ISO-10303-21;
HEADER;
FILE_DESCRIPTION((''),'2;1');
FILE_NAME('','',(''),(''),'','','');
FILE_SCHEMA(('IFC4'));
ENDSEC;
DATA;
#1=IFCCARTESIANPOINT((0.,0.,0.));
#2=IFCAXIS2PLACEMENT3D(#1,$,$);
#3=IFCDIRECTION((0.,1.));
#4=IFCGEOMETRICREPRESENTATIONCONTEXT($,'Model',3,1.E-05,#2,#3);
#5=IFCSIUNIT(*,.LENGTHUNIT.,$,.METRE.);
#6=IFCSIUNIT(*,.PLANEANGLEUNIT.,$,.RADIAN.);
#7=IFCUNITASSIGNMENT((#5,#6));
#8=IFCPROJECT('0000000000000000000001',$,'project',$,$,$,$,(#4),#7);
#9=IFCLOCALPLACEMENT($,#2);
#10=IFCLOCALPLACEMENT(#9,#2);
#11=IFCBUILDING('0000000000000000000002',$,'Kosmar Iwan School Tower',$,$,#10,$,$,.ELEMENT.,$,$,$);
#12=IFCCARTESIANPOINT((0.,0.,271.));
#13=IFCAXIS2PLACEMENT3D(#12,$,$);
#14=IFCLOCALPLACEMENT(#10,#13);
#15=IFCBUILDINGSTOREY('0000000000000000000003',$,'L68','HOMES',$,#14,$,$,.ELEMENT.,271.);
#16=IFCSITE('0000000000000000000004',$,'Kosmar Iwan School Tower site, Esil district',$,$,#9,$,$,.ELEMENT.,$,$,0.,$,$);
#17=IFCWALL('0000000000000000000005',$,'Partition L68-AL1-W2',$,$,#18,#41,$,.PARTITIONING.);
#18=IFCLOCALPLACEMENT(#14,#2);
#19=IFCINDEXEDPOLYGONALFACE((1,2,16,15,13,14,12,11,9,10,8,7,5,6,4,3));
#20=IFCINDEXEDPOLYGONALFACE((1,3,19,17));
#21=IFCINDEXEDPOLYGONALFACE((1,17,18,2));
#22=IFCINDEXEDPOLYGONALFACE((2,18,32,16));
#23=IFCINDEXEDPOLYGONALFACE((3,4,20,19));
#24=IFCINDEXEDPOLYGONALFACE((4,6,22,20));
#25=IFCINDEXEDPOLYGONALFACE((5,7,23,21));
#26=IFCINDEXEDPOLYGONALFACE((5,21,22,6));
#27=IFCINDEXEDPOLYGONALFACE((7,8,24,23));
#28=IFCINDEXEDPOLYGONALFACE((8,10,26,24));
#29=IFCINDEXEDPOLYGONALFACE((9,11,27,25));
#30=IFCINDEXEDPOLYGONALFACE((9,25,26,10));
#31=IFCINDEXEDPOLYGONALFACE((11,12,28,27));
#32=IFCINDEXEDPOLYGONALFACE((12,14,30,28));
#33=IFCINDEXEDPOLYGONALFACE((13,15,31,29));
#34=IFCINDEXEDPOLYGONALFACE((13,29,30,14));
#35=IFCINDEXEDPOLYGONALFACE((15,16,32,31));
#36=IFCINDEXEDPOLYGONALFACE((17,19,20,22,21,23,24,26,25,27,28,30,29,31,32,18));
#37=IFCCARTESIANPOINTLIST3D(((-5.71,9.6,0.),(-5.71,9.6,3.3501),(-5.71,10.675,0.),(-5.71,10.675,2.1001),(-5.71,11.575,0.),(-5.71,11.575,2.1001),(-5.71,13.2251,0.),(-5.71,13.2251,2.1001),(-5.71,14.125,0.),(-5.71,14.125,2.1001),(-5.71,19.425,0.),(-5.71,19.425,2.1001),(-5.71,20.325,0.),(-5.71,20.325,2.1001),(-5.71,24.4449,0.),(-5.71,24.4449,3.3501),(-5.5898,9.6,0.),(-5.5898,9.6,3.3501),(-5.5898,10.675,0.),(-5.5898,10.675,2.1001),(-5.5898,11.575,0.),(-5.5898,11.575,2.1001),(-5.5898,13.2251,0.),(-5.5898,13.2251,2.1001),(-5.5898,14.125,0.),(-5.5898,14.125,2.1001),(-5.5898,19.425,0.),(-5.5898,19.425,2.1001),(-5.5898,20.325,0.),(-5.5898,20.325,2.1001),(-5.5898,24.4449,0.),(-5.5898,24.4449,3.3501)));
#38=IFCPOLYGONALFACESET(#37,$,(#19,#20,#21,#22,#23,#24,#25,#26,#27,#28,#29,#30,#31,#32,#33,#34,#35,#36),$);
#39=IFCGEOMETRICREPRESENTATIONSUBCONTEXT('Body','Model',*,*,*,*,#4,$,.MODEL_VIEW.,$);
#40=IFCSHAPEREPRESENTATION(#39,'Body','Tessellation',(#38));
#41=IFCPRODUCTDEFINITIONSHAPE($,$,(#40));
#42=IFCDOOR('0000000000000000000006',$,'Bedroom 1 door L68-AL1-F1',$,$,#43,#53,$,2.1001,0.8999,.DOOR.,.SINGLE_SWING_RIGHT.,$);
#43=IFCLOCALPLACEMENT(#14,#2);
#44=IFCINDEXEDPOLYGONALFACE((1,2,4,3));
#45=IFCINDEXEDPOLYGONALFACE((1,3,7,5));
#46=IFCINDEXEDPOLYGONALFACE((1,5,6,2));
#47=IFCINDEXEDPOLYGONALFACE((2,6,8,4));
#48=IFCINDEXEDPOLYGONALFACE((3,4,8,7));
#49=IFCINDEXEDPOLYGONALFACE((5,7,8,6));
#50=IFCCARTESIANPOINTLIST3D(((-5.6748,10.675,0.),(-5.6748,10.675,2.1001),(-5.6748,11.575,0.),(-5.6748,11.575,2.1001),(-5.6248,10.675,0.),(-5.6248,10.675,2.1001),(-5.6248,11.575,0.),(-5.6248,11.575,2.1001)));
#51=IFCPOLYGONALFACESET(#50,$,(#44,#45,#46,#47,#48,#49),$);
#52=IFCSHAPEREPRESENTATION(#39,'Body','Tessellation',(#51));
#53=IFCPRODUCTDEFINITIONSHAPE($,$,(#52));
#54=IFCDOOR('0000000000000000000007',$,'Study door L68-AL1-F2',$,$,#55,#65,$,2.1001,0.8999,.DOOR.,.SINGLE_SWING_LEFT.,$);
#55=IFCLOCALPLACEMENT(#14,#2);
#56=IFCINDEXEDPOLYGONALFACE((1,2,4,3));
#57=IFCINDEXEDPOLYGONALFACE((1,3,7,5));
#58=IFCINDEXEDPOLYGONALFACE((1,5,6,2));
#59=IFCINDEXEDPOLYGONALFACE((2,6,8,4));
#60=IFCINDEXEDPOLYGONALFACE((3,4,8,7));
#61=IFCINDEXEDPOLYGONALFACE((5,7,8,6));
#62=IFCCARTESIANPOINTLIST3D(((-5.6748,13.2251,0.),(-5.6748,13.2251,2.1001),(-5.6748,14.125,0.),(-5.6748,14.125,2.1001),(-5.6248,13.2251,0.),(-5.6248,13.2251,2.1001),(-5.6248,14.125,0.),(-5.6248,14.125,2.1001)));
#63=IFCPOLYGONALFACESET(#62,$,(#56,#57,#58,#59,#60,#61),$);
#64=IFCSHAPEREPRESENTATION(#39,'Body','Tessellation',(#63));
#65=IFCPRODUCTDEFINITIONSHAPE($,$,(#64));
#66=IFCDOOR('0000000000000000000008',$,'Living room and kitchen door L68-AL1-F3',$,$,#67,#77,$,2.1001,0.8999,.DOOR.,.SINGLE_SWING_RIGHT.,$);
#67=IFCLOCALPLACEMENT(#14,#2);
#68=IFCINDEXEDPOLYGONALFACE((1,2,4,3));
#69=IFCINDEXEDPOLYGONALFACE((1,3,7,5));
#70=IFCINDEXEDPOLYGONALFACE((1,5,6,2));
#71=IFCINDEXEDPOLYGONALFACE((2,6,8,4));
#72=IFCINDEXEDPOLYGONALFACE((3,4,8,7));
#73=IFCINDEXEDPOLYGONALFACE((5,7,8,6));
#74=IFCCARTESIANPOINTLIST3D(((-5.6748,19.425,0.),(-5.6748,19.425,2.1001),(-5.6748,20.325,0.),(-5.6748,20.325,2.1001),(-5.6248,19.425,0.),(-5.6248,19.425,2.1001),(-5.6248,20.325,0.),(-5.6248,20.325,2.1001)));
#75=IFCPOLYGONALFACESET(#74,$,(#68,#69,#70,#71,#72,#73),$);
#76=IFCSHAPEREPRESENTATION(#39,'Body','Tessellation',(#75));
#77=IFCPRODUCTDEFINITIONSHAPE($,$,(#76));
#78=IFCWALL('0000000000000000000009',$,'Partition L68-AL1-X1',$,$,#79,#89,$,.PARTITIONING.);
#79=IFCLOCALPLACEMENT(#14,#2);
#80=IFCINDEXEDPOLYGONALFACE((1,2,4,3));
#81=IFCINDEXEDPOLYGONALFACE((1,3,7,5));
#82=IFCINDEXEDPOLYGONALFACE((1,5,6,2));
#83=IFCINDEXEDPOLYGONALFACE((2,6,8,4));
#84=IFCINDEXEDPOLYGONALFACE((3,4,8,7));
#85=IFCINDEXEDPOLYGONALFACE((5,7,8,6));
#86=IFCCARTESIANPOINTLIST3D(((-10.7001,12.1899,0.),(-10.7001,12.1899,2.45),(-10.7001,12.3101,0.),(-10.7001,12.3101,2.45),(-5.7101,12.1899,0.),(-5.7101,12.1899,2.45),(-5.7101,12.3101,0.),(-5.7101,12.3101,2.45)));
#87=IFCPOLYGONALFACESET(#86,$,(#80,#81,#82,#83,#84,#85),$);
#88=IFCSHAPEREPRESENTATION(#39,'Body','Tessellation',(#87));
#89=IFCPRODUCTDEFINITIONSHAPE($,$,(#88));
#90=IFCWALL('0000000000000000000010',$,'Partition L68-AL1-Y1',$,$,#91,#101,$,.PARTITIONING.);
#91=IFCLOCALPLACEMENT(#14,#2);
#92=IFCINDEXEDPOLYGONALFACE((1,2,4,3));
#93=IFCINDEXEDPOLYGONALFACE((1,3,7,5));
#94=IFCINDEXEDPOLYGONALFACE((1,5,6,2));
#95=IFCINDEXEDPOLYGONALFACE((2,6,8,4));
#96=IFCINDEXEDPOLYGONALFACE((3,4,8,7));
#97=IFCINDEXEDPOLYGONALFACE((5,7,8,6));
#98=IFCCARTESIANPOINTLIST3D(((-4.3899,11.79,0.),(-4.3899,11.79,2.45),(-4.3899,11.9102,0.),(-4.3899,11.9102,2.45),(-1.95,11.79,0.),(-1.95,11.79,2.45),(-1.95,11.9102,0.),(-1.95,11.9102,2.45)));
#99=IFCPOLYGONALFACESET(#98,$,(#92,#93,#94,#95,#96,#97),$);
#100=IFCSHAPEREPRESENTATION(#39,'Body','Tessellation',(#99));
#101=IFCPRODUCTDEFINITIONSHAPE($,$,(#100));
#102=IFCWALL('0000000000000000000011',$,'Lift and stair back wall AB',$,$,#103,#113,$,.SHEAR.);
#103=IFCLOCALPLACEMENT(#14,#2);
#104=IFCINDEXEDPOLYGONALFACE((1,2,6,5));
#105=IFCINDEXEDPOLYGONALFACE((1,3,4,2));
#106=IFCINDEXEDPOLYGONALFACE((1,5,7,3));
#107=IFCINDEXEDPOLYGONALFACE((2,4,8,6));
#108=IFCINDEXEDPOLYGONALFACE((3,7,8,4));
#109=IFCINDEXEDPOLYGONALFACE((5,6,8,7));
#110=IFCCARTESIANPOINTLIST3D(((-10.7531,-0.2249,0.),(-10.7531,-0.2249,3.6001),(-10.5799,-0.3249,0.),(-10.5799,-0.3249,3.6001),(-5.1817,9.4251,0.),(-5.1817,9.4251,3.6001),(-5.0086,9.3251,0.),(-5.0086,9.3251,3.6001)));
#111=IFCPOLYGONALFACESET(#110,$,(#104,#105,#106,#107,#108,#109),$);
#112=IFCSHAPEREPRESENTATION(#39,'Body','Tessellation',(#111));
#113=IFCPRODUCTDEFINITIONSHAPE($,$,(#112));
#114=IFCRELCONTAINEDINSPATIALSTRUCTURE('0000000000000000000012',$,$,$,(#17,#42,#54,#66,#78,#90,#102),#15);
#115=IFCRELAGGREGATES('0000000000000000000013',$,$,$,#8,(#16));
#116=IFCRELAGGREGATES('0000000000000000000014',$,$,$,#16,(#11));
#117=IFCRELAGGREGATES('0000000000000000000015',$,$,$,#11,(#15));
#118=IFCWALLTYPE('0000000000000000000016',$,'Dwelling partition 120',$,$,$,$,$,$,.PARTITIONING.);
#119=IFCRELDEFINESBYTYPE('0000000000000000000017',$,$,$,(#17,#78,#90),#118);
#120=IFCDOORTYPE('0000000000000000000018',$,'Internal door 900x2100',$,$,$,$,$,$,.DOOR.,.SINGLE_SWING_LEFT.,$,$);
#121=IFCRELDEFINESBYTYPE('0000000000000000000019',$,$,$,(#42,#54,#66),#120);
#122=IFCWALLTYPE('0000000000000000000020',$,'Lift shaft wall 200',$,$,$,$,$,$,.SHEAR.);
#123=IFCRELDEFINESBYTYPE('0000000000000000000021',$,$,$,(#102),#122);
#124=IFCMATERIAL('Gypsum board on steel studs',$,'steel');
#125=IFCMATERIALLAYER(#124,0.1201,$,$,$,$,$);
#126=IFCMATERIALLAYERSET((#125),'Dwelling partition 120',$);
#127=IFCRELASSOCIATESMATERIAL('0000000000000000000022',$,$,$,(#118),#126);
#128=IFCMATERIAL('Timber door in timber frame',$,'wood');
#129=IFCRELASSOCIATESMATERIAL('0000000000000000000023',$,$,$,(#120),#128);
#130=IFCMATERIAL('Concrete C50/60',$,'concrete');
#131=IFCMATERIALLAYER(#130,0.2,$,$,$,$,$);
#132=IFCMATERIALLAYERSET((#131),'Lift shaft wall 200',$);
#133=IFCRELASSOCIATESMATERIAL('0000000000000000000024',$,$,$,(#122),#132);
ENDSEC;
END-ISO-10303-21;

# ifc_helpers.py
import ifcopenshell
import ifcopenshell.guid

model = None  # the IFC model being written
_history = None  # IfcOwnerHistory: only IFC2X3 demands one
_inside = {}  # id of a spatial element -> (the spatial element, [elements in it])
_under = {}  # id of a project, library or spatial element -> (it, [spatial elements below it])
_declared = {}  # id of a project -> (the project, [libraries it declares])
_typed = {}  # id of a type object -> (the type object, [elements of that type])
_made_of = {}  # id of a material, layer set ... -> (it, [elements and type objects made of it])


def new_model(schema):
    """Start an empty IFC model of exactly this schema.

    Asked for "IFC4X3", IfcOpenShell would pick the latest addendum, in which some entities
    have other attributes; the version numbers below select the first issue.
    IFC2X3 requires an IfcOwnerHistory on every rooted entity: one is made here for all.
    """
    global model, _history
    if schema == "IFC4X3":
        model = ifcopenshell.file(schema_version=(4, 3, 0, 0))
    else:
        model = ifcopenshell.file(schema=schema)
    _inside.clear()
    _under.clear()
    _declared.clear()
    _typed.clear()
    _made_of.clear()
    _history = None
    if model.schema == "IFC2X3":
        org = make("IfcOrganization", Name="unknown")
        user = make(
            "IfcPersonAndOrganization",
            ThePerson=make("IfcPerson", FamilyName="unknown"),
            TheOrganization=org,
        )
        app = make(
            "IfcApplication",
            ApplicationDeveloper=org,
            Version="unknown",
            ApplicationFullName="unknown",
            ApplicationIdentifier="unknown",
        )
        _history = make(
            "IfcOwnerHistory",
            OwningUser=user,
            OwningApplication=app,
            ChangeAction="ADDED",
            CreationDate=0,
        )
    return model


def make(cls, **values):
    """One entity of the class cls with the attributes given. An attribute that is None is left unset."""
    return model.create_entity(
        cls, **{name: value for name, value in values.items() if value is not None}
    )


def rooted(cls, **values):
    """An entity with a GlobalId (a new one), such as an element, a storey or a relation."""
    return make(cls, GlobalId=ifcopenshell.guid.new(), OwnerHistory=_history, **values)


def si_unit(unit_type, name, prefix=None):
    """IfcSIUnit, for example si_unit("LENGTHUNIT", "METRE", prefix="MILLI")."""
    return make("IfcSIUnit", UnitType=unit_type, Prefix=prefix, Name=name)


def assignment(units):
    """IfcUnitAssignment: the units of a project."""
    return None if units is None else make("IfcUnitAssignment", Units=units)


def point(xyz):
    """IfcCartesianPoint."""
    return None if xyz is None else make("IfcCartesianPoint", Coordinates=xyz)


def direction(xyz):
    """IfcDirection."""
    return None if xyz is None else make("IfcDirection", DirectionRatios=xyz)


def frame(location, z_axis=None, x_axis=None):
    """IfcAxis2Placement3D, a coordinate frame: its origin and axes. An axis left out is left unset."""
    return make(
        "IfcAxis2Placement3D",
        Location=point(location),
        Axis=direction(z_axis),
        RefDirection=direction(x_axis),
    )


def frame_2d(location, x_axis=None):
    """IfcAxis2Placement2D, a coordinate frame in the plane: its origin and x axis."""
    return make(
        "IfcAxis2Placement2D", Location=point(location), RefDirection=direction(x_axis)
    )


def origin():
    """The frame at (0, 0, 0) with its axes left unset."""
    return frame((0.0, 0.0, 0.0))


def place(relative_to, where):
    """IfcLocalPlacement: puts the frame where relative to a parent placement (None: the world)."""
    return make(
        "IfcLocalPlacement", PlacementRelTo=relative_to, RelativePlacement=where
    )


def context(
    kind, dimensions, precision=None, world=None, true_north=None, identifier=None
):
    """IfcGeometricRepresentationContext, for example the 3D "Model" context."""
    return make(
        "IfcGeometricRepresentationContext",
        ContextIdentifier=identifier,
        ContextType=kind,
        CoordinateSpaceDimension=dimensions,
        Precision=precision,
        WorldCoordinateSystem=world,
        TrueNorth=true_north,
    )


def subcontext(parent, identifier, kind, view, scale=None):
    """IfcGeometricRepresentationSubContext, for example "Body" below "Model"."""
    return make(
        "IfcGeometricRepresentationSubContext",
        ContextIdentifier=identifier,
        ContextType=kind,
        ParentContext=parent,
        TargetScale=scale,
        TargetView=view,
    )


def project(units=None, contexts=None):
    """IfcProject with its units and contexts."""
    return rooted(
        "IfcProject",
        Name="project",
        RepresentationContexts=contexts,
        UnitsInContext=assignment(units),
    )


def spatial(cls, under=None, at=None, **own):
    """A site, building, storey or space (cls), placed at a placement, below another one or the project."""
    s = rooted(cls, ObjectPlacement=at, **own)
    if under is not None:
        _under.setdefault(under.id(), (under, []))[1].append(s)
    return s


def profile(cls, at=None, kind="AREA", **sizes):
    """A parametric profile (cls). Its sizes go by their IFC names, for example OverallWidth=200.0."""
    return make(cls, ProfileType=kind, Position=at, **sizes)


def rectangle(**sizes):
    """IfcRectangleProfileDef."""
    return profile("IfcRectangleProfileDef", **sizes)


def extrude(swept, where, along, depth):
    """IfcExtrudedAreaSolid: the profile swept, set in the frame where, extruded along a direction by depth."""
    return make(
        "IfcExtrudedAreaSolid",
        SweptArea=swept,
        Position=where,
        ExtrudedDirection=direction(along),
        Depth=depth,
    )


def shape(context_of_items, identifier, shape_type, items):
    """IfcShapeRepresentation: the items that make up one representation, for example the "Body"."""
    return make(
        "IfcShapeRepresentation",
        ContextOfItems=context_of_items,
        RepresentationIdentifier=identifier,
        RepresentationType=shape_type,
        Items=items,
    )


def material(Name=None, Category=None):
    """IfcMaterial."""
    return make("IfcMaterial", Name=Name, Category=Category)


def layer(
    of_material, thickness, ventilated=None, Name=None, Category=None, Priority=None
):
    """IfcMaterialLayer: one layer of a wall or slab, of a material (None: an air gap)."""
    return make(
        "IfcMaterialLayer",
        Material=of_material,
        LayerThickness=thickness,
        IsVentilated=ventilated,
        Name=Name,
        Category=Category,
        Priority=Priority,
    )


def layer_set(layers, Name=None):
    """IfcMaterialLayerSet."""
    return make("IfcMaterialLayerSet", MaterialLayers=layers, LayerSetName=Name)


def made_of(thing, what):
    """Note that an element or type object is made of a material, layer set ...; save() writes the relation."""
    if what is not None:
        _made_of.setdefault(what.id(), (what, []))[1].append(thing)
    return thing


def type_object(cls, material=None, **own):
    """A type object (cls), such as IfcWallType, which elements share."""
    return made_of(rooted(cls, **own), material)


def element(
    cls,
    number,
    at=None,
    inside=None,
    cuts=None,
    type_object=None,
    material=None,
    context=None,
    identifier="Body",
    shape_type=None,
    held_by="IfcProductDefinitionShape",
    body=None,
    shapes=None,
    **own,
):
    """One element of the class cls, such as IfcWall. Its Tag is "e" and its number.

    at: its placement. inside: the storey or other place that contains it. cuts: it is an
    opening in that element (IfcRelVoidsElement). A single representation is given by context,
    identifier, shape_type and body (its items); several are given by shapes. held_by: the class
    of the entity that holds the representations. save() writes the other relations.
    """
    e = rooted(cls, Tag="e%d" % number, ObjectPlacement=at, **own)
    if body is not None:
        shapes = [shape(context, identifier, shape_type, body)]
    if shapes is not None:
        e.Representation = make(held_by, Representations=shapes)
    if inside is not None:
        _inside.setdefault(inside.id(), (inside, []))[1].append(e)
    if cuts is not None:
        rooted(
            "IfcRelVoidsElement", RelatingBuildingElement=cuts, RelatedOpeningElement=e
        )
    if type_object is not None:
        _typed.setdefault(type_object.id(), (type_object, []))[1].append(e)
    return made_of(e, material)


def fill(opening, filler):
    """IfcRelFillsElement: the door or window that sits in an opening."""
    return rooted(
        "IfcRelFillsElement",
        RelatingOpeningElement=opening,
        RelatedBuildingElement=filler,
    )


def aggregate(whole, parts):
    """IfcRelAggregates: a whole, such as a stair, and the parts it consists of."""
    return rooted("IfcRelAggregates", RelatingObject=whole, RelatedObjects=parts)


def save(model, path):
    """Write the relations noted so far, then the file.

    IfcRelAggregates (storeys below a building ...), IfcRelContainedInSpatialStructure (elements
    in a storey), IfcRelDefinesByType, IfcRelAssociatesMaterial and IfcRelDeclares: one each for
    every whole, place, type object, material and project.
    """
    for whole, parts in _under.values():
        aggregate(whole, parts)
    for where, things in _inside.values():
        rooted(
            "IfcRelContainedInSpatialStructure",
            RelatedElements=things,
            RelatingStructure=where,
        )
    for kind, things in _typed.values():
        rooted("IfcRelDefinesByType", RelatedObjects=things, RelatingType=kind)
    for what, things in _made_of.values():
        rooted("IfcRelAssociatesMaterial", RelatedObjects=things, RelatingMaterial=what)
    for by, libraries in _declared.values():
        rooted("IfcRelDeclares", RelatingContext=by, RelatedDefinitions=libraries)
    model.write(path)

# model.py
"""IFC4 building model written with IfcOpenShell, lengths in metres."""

from ifc_helpers import new_model, si_unit, direction, frame, frame_2d, origin, place, context, subcontext, project, spatial, rectangle, extrude, material, layer, layer_set, type_object, element, fill, save


model = new_model("IFC4")

# Units and contexts
model_context = context("Model", 3, precision=1e-05, world=origin(), true_north=direction((0.0, 1.0)))
body_context = subcontext(model_context, "Body", "Model", "MODEL_VIEW")
ifc_project = project(units=[si_unit("LENGTHUNIT", "METRE"), si_unit("PLANEANGLEUNIT", "RADIAN")], contexts=[model_context])

# Site, building, storey
site_placement = place(None, origin())
site = spatial("IfcSite", under=ifc_project, at=site_placement, Name="Kosmar Iwan School Tower site, Esil district", CompositionType="ELEMENT", RefElevation=0.0)
building_placement = place(site_placement, origin())
building = spatial("IfcBuilding", under=site, at=building_placement, Name="Kosmar Iwan School Tower", CompositionType="ELEMENT")
storey_placement = place(building_placement, frame((0.0, 0.0, 271.0)))
storey = spatial("IfcBuildingStorey", under=building, at=storey_placement, Name="L68", Description="HOMES", CompositionType="ELEMENT", Elevation=271.0)

# Wall, openings, doors
ifc_material_1 = material(Name="Gypsum board on steel studs", Category="steel")
ifc_layer_1 = layer(ifc_material_1, 0.1201)
ifc_layer_set_1 = layer_set([ifc_layer_1], Name="Dwelling partition 120")
wall_type_1 = type_object("IfcWallType", Name="Dwelling partition 120", PredefinedType="PARTITIONING", material=ifc_layer_set_1)
ifc_material_2 = material(Name="Timber door in timber frame", Category="wood")
door_type_1 = type_object("IfcDoorType", Name="Internal door 900x2100", OperationType="SINGLE_SWING_LEFT", PredefinedType="DOOR", material=ifc_material_2)
wall_1_placement = place(storey_placement, frame((-5.6499, 9.6001, 0.0), z_axis=(0.0, 0.0, 1.0), x_axis=(0.0, 1.0, 0.0)))
wall_1 = element("IfcWall", 1, at=wall_1_placement, inside=storey, type_object=wall_type_1, Name="Partition L68-AL1-W2", PredefinedType="PARTITIONING", context=body_context, shape_type="SweptSolid", body=[
    extrude(rectangle(XDim=14.845, YDim=0.1201, at=frame_2d((7.4224, 0.0))), origin(), (0.0, 0.0, 1.0), 3.3501),
])
opening_1_placement = place(wall_1_placement, frame((1.075, 0.0, 0.0)))
opening_1 = element("IfcOpeningElement", 2, at=opening_1_placement, cuts=wall_1, PredefinedType="OPENING", context=body_context, shape_type="SweptSolid", body=[
    extrude(rectangle(XDim=0.8999, YDim=2.1001, at=frame_2d((0.45, 1.05))), frame((0.0, 0.072, 0.0), z_axis=(0.0, -1.0, 0.0), x_axis=(1.0, 0.0, 0.0)), (0.0, 0.0, 1.0), 0.144),
])
opening_2_placement = place(wall_1_placement, frame((3.625, 0.0, 0.0)))
opening_2 = element("IfcOpeningElement", 3, at=opening_2_placement, cuts=wall_1, PredefinedType="OPENING", context=body_context, shape_type="SweptSolid", body=[
    extrude(rectangle(XDim=0.8999, YDim=2.1001, at=frame_2d((0.45, 1.05))), frame((0.0, 0.072, 0.0), z_axis=(0.0, -1.0, 0.0), x_axis=(1.0, 0.0, 0.0)), (0.0, 0.0, 1.0), 0.144),
])
opening_3_placement = place(wall_1_placement, frame((9.825, 0.0, 0.0)))
opening_3 = element("IfcOpeningElement", 4, at=opening_3_placement, cuts=wall_1, PredefinedType="OPENING", context=body_context, shape_type="SweptSolid", body=[
    extrude(rectangle(XDim=0.8999, YDim=2.1001, at=frame_2d((0.45, 1.05))), frame((0.0, 0.072, 0.0), z_axis=(0.0, -1.0, 0.0), x_axis=(1.0, 0.0, 0.0)), (0.0, 0.0, 1.0), 0.144),
])
door_1_placement = place(opening_1_placement, origin())
door_1 = element("IfcDoor", 5, at=door_1_placement, inside=storey, type_object=door_type_1, Name="Bedroom 1 door L68-AL1-F1", OperationType="SINGLE_SWING_RIGHT", OverallHeight=2.1001, OverallWidth=0.8999, PredefinedType="DOOR", context=body_context, shape_type="SweptSolid", body=[
    extrude(rectangle(XDim=0.8999, YDim=2.1001, at=frame_2d((0.45, 1.05))), frame((0.0, 0.0249, 0.0), z_axis=(0.0, -1.0, 0.0), x_axis=(1.0, 0.0, 0.0)), (0.0, 0.0, 1.0), 0.05),
])
fill(opening_1, door_1)
door_2_placement = place(opening_2_placement, origin())
door_2 = element("IfcDoor", 6, at=door_2_placement, inside=storey, type_object=door_type_1, Name="Study door L68-AL1-F2", OperationType="SINGLE_SWING_LEFT", OverallHeight=2.1001, OverallWidth=0.8999, PredefinedType="DOOR", context=body_context, shape_type="SweptSolid", body=[
    extrude(rectangle(XDim=0.8999, YDim=2.1001, at=frame_2d((0.45, 1.05))), frame((0.0, 0.0249, 0.0), z_axis=(0.0, -1.0, 0.0), x_axis=(1.0, 0.0, 0.0)), (0.0, 0.0, 1.0), 0.05),
])
fill(opening_2, door_2)
door_3_placement = place(opening_3_placement, origin())
door_3 = element("IfcDoor", 7, at=door_3_placement, inside=storey, type_object=door_type_1, Name="Living room and kitchen door L68-AL1-F3", OperationType="SINGLE_SWING_RIGHT", OverallHeight=2.1001, OverallWidth=0.8999, PredefinedType="DOOR", context=body_context, shape_type="SweptSolid", body=[
    extrude(rectangle(XDim=0.8999, YDim=2.1001, at=frame_2d((0.45, 1.05))), frame((0.0, 0.0249, 0.0), z_axis=(0.0, -1.0, 0.0), x_axis=(1.0, 0.0, 0.0)), (0.0, 0.0, 1.0), 0.05),
])
fill(opening_3, door_3)

# Walls
wall_2_placement = place(storey_placement, frame((-5.71, 12.25, 0.0), z_axis=(0.0, 0.0, 1.0), x_axis=(-1.0, 0.0, 0.0)))
element("IfcWall", 8, at=wall_2_placement, inside=storey, type_object=wall_type_1, Name="Partition L68-AL1-X1", PredefinedType="PARTITIONING", context=body_context, shape_type="SweptSolid", body=[
    extrude(rectangle(XDim=4.99, YDim=0.1201, at=frame_2d((2.4951, 0.0))), origin(), (0.0, 0.0, 1.0), 2.45),
])
wall_3_placement = place(storey_placement, frame((-1.95, 11.8501, 0.0), z_axis=(0.0, 0.0, 1.0), x_axis=(-1.0, 0.0, 0.0)))
element("IfcWall", 9, at=wall_3_placement, inside=storey, type_object=wall_type_1, Name="Partition L68-AL1-Y1", PredefinedType="PARTITIONING", context=body_context, shape_type="SweptSolid", body=[
    extrude(rectangle(XDim=2.4399, YDim=0.1201, at=frame_2d((1.22, 0.0))), origin(), (0.0, 0.0, 1.0), 2.45),
])
ifc_material_3 = material(Name="Concrete C50/60", Category="concrete")
ifc_layer_2 = layer(ifc_material_3, 0.2)
ifc_layer_set_2 = layer_set([ifc_layer_2], Name="Lift shaft wall 200")
wall_type_2 = type_object("IfcWallType", Name="Lift shaft wall 200", PredefinedType="SHEAR", material=ifc_layer_set_2)
wall_4_placement = place(storey_placement, frame((-5.0952, 9.375, 0.0), z_axis=(0.0, 0.0, 1.0), x_axis=(-0.499994, -0.866029, 0.0)))
element("IfcWall", 10, at=wall_4_placement, inside=storey, type_object=wall_type_2, Name="Lift and stair back wall AB", PredefinedType="SHEAR", context=body_context, shape_type="SweptSolid", body=[
    extrude(rectangle(XDim=11.1428, YDim=0.2, at=frame_2d((5.5713, 0.0))), origin(), (0.0, 0.0, 1.0), 3.6001),
])

save(model, "model.ifc")
